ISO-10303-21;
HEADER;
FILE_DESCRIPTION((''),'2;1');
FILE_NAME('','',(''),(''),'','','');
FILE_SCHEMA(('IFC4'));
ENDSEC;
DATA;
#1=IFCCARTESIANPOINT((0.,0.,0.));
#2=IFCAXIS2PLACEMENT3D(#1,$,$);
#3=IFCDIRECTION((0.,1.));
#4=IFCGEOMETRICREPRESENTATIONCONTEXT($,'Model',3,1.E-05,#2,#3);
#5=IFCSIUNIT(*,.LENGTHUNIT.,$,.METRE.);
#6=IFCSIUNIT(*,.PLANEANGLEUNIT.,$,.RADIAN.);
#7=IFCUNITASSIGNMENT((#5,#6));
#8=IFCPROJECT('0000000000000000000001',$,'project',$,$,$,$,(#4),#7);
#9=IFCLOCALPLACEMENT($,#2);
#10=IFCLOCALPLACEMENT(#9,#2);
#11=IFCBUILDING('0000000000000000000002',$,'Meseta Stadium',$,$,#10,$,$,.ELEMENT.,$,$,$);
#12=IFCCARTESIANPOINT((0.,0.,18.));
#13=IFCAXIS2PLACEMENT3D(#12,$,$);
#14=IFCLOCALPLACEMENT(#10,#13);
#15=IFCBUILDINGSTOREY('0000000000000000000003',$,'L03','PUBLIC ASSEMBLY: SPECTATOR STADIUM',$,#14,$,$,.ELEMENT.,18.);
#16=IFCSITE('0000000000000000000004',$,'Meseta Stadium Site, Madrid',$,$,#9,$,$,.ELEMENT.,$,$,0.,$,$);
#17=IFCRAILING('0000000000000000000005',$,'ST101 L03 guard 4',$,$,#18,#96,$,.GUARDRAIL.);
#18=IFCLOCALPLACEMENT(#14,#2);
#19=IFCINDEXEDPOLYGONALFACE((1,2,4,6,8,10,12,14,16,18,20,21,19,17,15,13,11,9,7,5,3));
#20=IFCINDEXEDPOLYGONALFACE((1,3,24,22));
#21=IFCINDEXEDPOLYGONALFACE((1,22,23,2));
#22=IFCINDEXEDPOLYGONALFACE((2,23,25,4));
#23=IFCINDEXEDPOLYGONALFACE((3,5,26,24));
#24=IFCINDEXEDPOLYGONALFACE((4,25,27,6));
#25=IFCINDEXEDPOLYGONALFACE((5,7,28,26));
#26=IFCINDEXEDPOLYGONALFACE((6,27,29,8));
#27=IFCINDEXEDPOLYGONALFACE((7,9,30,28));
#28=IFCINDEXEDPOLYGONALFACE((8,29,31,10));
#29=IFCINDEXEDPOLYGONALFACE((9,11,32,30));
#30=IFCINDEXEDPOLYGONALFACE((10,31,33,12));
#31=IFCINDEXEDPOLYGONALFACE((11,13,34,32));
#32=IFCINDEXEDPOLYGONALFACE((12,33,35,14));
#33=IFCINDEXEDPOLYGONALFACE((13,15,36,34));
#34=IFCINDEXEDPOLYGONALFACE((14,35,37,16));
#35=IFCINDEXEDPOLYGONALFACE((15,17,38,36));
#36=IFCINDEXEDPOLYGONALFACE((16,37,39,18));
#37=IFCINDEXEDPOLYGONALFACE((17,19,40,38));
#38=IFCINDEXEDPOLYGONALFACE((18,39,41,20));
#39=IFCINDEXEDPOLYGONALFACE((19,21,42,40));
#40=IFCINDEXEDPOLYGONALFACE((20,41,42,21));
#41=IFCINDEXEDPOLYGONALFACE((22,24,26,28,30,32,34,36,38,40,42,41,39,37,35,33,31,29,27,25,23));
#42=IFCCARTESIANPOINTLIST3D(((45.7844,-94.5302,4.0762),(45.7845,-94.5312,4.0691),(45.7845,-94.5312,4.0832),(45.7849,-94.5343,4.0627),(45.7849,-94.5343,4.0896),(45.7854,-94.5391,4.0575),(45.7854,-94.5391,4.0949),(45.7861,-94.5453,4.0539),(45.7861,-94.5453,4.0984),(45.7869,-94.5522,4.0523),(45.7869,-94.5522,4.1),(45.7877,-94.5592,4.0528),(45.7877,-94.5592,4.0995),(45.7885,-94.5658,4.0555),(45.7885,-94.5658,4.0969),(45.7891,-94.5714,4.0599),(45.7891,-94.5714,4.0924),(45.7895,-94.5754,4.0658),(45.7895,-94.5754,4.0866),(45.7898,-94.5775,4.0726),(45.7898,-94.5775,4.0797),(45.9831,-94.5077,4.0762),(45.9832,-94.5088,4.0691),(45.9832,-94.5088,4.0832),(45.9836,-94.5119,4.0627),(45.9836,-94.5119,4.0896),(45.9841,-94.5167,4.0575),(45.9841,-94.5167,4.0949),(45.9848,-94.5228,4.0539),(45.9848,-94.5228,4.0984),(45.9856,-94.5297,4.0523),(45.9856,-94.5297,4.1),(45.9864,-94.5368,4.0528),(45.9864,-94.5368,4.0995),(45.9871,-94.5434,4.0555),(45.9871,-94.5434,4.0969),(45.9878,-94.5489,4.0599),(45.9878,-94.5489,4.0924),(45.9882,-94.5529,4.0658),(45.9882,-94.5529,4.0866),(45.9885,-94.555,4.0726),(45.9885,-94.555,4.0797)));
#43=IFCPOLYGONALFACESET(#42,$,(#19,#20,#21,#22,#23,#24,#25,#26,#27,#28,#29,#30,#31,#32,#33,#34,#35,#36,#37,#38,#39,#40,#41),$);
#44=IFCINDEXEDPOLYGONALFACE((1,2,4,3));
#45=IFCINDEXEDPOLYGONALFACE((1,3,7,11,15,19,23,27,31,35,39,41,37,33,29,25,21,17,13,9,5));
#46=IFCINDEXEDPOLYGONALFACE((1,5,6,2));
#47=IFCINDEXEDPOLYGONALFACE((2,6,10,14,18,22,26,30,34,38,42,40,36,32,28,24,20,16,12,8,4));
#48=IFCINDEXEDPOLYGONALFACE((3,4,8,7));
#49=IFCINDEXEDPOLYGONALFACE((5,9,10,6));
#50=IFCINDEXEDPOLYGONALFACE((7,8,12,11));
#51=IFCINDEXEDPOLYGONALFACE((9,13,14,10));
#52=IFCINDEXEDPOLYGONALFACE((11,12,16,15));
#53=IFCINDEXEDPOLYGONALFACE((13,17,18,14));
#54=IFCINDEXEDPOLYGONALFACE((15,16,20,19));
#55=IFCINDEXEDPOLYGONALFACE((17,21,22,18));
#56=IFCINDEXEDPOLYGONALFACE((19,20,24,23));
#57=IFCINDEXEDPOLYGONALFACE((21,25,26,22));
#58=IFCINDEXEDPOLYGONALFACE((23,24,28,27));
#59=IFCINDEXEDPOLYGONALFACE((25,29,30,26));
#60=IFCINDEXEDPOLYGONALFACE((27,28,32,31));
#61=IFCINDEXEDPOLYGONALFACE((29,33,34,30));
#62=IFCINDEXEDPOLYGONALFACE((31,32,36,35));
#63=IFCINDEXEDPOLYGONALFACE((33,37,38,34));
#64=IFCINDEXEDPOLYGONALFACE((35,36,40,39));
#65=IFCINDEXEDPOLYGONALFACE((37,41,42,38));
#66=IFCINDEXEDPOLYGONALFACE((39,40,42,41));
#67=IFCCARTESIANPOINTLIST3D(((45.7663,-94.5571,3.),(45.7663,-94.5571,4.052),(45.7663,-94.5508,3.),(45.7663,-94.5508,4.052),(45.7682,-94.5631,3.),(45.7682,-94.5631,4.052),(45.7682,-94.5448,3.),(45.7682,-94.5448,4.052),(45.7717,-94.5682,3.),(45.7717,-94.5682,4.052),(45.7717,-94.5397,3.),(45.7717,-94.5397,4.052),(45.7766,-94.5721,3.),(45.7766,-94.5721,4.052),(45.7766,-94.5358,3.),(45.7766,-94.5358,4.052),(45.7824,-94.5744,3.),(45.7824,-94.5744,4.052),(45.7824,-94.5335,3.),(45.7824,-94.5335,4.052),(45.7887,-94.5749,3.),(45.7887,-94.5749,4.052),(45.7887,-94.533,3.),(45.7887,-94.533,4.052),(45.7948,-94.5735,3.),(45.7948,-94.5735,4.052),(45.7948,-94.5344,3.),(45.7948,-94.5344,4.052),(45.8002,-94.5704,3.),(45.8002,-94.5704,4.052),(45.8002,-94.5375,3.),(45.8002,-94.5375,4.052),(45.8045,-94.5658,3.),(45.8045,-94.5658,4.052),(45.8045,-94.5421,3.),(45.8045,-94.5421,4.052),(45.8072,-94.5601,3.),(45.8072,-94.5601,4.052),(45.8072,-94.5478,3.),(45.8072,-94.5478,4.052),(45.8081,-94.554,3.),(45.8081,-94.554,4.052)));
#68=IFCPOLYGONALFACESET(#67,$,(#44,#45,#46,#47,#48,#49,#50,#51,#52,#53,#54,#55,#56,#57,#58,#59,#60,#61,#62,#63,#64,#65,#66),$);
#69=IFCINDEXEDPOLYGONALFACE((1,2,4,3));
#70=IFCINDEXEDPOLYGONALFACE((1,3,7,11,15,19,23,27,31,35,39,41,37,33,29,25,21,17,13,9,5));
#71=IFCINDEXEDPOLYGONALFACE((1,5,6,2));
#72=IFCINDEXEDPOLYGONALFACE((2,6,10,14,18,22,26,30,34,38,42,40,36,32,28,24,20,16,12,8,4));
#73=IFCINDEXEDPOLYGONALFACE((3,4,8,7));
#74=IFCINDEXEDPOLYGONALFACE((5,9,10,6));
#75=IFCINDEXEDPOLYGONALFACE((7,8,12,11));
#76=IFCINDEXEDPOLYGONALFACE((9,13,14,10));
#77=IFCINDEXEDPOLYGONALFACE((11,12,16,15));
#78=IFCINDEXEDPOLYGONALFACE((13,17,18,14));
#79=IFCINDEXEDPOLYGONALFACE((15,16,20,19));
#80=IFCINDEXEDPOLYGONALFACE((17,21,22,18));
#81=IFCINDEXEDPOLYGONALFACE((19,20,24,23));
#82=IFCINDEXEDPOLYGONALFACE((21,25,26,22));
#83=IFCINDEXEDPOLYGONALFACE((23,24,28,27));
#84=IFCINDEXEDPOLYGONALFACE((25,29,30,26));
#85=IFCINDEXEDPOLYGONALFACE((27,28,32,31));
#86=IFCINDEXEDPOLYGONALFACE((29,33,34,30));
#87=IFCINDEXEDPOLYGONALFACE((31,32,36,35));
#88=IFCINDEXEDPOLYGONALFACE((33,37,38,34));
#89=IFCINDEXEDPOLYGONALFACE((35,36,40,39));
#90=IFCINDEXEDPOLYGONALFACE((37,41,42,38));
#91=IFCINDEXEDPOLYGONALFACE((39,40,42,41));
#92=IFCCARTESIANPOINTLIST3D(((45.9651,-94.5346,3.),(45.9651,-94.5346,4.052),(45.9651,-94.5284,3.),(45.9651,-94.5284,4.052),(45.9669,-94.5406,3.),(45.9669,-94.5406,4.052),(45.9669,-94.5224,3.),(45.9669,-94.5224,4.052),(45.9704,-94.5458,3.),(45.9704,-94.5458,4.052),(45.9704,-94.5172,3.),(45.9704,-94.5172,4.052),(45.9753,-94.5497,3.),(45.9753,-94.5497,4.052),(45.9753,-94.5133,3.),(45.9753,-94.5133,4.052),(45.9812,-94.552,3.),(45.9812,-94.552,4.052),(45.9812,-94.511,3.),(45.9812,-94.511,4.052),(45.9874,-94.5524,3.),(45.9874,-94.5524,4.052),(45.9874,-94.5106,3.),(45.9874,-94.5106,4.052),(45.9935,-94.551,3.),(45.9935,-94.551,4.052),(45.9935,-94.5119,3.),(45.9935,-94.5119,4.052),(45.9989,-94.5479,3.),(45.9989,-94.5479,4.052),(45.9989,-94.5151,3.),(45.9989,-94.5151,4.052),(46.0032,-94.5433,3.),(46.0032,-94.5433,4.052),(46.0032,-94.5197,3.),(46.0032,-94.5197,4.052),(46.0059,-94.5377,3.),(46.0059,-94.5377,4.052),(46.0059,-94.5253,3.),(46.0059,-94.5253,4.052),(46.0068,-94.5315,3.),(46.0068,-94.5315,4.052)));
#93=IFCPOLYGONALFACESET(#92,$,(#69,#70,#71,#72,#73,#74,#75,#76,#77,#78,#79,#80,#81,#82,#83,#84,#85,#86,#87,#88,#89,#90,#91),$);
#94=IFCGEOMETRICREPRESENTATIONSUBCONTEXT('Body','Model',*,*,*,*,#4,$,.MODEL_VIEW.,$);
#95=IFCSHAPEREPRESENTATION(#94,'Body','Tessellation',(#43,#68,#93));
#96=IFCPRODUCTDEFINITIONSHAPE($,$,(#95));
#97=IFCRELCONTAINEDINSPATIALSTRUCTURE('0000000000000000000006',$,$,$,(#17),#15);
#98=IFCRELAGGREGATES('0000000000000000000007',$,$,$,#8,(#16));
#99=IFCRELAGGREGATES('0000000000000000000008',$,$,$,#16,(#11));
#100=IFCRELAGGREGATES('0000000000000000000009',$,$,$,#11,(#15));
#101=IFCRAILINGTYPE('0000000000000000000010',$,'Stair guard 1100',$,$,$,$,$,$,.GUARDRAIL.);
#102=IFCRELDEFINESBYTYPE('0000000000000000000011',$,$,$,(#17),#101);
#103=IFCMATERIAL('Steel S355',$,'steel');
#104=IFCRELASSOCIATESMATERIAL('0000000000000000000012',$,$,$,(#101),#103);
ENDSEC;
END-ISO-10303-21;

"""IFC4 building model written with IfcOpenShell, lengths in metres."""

from ifc_helpers import new_model, si_unit, direction, frame, origin, origin_2d, place, context, subcontext, project, spatial, circle, extrude, material, type_object, element, save


model = new_model("IFC4")

# Units and contexts
model_context = context("Model", 3, precision=1e-05, world=origin(), true_north=direction((0.0, 1.0)))
body_context = subcontext(model_context, "Body", "Model", "MODEL_VIEW")
ifc_project = project(units=[si_unit("LENGTHUNIT", "METRE"), si_unit("PLANEANGLEUNIT", "RADIAN")], contexts=[model_context])

# Site, building, storey
site_placement = place(None, origin())
site = spatial("IfcSite", under=ifc_project, at=site_placement, Name="Meseta Stadium Site, Madrid", CompositionType="ELEMENT", RefElevation=0.0)
building_placement = place(site_placement, origin())
building = spatial("IfcBuilding", under=site, at=building_placement, Name="Meseta Stadium", CompositionType="ELEMENT")
storey_placement = place(building_placement, frame((0.0, 0.0, 18.0)))
storey = spatial("IfcBuildingStorey", under=building, at=storey_placement, Name="L03", Description="PUBLIC ASSEMBLY: SPECTATOR STADIUM", CompositionType="ELEMENT", Elevation=18.0)

# Railing
ifc_material_1 = material(Name="Steel S355", Category="steel")
railing_type_1 = type_object("IfcRailingType", Name="Stair guard 1100", PredefinedType="GUARDRAIL", material=ifc_material_1)
railing_1_placement = place(storey_placement, frame((45.7871, -94.554, 3.0)))
element("IfcRailing", 1, at=railing_1_placement, inside=storey, type_object=railing_type_1, Name="ST101 L03 guard 4", PredefinedType="GUARDRAIL", context=body_context, shape_type="SweptSolid", body=[
    extrude(circle(Radius=0.0239, at=origin_2d()), frame((0.0, 0.0, 1.0762), z_axis=(0.993674, 0.112307, 0.0), x_axis=(-0.112307, 0.993674, 0.0)), (0.0, 0.0, 1.0), 0.2),
    extrude(circle(Radius=0.021, at=origin_2d()), origin(), (0.0, 0.0, 1.0), 1.052),
    extrude(circle(Radius=0.021, at=origin_2d()), frame((0.1987, 0.0225, 0.0)), (0.0, 0.0, 1.0), 1.052),
])

save(model, "model.ifc")
